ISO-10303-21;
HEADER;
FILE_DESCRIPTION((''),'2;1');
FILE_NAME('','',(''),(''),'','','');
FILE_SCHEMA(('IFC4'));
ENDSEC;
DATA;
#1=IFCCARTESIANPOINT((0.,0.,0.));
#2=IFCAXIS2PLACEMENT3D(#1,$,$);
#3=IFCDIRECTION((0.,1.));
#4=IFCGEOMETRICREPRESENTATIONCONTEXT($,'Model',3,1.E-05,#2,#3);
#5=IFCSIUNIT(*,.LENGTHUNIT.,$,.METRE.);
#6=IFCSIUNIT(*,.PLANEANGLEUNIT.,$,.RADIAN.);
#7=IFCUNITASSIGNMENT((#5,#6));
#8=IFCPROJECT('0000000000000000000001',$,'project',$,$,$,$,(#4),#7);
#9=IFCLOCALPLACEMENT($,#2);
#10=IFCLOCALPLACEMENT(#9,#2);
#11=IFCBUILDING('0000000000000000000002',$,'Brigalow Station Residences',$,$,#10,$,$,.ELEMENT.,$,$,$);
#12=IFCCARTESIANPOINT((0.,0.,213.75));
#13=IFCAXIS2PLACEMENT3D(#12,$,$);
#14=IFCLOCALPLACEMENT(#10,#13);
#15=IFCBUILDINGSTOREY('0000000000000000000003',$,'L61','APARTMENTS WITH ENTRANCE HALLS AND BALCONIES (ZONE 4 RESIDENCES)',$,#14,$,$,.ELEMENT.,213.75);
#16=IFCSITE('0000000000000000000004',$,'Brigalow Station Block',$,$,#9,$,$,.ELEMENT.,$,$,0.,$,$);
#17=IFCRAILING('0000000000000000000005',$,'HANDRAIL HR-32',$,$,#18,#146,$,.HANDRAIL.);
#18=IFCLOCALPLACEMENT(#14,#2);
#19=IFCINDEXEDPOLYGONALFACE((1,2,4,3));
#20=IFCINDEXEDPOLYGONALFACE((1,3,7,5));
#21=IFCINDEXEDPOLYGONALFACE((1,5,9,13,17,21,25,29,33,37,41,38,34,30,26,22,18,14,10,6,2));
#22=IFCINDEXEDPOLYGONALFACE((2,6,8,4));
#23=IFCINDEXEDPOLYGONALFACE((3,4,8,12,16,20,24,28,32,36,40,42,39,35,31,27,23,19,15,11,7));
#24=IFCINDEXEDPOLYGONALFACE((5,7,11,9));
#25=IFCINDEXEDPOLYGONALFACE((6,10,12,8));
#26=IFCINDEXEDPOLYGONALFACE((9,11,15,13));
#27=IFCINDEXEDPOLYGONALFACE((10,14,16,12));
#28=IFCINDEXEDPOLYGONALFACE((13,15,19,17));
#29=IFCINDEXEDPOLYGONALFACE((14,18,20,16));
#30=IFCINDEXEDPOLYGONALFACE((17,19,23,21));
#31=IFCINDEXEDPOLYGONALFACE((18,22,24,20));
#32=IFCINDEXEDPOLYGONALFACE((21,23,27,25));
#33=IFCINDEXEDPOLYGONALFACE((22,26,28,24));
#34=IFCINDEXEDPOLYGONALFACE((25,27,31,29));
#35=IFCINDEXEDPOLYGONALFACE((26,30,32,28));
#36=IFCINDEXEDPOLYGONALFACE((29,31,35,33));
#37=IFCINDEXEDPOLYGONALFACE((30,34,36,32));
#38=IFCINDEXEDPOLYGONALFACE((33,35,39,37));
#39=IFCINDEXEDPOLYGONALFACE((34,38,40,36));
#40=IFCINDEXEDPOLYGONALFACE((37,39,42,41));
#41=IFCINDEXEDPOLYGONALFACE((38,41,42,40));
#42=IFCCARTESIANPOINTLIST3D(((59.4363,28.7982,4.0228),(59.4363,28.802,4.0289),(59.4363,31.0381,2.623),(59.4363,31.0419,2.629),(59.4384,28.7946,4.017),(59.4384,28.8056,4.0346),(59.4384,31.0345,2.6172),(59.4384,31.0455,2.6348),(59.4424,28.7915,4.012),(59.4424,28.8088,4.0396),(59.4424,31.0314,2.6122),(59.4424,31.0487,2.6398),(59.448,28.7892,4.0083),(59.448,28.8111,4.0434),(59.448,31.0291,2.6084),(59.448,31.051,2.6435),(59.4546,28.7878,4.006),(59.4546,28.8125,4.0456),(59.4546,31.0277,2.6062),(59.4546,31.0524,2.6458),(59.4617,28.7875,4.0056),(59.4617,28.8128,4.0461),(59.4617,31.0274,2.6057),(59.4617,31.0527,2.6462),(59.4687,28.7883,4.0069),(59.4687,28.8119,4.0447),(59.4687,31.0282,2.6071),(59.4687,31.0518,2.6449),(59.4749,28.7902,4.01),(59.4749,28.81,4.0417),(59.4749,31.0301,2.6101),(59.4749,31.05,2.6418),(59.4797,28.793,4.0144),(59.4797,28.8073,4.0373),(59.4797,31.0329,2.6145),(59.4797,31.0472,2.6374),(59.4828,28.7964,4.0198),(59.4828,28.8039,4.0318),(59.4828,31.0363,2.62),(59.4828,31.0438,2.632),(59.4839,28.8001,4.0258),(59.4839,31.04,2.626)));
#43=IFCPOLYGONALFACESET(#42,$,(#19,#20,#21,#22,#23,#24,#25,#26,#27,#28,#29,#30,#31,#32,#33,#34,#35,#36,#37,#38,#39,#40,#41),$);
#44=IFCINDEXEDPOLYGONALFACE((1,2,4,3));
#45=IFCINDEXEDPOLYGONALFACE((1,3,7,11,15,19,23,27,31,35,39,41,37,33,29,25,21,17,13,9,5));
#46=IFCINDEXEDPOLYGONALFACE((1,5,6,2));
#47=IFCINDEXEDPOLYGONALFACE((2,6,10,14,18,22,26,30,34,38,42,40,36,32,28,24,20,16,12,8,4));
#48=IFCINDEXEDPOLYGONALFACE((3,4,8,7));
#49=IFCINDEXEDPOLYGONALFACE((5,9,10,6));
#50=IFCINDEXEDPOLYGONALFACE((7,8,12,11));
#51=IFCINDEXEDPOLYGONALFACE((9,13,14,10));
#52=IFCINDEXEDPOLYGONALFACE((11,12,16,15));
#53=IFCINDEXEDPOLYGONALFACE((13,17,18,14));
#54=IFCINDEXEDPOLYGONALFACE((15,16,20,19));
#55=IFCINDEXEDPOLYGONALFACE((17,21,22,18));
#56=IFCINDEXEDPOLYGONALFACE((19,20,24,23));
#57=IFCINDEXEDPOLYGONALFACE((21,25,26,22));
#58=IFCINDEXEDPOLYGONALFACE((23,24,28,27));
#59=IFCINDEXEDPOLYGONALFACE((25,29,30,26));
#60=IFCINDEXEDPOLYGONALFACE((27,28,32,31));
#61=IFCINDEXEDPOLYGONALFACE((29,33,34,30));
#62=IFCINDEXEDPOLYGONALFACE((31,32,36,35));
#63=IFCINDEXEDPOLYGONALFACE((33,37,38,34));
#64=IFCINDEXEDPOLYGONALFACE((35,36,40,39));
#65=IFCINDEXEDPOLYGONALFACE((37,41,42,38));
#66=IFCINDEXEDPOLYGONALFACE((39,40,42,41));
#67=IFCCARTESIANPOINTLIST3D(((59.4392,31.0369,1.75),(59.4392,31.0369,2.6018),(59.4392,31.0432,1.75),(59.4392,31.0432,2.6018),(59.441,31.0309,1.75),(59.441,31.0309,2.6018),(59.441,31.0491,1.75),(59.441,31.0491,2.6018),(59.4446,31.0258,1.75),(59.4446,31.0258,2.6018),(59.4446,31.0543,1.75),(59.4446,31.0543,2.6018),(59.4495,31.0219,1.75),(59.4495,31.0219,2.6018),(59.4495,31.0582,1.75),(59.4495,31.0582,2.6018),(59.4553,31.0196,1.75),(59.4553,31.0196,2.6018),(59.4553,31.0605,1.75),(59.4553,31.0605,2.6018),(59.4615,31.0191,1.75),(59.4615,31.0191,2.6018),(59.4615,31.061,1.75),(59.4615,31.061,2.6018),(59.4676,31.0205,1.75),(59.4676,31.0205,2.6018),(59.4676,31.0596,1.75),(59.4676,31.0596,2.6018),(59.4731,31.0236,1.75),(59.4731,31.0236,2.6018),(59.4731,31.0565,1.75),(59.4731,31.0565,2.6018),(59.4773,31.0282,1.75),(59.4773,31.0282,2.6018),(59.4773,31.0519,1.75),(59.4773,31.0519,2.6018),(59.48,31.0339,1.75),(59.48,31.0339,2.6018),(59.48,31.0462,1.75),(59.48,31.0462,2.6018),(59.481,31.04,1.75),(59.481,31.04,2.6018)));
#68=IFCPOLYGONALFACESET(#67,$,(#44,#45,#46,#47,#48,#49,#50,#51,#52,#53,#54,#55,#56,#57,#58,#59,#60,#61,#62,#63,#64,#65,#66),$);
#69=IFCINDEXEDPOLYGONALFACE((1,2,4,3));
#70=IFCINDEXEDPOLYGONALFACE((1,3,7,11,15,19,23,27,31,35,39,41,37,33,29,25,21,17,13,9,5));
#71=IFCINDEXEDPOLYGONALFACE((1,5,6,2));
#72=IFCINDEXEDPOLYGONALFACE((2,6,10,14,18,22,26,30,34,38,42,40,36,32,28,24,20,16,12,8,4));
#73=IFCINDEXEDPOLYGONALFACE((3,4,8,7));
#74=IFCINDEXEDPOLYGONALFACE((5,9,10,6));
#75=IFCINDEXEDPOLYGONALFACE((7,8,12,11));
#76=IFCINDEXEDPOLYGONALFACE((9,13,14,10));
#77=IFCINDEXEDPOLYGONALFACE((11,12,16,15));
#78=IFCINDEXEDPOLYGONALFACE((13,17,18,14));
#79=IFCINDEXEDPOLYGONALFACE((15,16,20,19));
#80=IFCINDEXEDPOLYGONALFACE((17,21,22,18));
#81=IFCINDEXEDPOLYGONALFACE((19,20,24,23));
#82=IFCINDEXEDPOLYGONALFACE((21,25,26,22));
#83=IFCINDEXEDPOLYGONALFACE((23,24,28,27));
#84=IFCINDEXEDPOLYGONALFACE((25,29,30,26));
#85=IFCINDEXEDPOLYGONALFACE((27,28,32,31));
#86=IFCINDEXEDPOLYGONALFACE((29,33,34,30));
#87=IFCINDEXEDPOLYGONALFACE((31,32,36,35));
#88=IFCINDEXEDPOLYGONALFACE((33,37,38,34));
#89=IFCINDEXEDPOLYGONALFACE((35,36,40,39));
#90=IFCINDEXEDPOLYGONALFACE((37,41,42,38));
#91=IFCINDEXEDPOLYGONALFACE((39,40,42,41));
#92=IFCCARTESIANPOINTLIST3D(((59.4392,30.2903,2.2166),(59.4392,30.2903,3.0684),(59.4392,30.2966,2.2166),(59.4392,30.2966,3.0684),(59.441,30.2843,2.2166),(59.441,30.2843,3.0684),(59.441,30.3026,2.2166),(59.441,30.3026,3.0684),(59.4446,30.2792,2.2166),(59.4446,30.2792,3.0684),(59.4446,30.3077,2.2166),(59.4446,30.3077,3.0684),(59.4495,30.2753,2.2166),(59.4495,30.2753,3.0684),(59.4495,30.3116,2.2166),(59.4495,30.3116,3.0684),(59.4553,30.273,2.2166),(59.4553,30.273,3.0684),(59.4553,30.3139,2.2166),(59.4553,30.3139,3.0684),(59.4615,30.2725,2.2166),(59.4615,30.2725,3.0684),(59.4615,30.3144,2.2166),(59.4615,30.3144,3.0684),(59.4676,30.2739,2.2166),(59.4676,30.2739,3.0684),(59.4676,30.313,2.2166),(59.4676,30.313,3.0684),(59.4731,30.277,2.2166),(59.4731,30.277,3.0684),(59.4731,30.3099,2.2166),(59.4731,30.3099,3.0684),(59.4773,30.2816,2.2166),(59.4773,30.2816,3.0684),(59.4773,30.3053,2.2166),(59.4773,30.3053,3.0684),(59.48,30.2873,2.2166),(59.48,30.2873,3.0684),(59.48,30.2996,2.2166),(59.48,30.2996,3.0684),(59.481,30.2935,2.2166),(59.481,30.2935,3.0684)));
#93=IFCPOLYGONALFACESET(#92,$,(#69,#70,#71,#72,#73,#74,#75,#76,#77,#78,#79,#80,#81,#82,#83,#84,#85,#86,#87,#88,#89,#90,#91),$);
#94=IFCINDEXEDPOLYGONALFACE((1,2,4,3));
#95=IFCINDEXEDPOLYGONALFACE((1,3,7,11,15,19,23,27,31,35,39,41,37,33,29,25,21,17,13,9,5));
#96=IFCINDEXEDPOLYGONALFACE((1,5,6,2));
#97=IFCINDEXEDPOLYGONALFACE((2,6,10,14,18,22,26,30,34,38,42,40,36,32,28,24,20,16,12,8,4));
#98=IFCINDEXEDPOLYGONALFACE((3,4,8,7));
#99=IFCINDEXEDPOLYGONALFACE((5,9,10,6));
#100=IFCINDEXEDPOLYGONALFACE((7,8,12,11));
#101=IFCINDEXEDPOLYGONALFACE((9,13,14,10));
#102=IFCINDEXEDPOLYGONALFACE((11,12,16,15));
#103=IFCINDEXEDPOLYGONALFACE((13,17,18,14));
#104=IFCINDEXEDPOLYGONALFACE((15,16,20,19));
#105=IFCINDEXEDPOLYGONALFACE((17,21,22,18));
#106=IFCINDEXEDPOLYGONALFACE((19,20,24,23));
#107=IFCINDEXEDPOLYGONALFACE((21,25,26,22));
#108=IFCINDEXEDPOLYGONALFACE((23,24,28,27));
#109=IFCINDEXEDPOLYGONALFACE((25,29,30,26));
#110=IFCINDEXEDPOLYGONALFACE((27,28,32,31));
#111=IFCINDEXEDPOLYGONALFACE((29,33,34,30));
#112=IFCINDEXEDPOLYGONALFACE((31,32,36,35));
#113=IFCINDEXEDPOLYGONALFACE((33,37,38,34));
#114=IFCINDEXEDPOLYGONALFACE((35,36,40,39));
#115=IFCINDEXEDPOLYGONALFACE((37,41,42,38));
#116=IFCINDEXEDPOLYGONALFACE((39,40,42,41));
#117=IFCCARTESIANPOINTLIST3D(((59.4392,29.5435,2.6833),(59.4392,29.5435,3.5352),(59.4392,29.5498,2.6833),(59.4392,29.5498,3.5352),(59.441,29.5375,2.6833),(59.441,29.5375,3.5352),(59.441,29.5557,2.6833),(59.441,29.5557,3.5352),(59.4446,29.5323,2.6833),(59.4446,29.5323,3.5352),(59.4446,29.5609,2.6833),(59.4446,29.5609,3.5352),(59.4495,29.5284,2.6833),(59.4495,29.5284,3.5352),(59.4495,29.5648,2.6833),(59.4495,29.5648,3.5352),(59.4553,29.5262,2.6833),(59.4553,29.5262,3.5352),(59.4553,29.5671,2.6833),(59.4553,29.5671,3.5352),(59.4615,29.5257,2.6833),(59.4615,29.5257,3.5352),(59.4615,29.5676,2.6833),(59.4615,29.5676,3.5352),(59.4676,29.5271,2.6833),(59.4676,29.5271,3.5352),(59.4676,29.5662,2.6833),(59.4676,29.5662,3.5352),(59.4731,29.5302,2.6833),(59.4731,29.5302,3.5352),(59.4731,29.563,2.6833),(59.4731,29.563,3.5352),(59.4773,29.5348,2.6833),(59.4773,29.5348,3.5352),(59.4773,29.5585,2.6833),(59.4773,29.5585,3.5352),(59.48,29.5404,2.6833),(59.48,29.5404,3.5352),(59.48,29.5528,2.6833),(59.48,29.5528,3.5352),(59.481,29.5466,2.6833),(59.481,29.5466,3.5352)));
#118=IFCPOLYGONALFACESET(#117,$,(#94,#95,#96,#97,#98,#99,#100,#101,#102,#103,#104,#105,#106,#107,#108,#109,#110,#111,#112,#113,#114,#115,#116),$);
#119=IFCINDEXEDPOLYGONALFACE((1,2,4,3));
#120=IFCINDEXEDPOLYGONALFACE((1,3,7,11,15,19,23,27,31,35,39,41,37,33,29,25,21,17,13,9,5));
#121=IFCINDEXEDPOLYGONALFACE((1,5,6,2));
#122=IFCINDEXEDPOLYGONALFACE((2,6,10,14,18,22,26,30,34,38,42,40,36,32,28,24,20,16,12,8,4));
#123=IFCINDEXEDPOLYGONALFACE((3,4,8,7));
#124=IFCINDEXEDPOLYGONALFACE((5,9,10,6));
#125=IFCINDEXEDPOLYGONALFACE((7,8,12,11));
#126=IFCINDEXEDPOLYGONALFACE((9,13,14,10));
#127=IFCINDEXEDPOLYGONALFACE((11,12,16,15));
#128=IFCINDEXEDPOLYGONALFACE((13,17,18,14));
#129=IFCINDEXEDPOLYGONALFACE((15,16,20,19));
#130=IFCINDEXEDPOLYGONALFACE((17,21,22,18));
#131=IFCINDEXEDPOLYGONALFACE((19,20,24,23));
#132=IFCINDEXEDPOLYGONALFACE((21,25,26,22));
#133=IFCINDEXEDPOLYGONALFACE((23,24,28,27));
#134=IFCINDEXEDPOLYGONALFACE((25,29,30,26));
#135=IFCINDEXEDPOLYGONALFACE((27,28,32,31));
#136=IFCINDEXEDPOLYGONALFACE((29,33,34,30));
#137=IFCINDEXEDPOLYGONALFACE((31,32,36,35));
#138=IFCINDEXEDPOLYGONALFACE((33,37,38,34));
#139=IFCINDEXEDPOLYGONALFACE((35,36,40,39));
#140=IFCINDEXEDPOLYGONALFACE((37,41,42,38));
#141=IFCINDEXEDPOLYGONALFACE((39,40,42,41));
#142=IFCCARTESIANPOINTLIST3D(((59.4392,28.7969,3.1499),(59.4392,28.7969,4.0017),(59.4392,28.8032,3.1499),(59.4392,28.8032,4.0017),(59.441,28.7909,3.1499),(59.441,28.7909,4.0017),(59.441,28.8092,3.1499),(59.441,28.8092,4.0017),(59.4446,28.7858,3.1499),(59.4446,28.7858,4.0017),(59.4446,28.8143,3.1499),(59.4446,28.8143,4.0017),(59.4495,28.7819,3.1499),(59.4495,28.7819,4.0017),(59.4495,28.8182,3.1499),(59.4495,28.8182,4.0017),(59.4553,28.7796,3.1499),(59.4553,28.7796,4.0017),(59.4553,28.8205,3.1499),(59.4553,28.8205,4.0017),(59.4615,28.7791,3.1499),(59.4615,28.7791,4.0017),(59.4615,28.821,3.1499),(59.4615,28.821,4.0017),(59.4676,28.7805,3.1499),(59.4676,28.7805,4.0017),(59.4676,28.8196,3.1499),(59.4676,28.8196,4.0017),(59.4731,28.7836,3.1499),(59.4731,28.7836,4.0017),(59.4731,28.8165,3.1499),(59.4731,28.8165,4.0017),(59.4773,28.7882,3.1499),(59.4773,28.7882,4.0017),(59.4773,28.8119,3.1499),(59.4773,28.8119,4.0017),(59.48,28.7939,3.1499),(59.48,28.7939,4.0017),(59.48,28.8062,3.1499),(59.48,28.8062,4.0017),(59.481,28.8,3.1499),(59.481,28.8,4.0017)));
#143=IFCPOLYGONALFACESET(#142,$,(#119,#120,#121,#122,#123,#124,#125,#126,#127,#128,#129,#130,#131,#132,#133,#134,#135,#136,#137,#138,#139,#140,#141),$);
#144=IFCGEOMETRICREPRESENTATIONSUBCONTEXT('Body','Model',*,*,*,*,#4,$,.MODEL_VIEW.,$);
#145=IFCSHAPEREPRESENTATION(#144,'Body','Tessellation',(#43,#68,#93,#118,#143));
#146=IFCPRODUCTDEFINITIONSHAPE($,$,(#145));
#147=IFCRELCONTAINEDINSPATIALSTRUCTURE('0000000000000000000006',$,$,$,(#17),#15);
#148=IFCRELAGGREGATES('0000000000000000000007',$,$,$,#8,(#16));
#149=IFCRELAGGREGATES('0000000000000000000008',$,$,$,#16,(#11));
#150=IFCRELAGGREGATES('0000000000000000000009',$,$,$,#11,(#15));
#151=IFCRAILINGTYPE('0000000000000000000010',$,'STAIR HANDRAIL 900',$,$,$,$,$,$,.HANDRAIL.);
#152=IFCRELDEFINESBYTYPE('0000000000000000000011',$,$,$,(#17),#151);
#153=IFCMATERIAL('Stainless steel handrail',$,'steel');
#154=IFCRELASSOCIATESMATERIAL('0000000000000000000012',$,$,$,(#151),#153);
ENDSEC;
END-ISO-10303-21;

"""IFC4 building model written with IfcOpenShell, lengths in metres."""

from ifc_helpers import new_model, si_unit, direction, frame, origin, origin_2d, place, context, subcontext, project, spatial, circle, extrude, material, type_object, element, save


model = new_model("IFC4")

# Units and contexts
model_context = context("Model", 3, precision=1e-05, world=origin(), true_north=direction((0.0, 1.0)))
body_context = subcontext(model_context, "Body", "Model", "MODEL_VIEW")
ifc_project = project(units=[si_unit("LENGTHUNIT", "METRE"), si_unit("PLANEANGLEUNIT", "RADIAN")], contexts=[model_context])

# Site, building, storey
site_placement = place(None, origin())
site = spatial("IfcSite", under=ifc_project, at=site_placement, Name="Brigalow Station Block", CompositionType="ELEMENT", RefElevation=0.0)
building_placement = place(site_placement, origin())
building = spatial("IfcBuilding", under=site, at=building_placement, Name="Brigalow Station Residences", CompositionType="ELEMENT")
storey_placement = place(building_placement, frame((0.0, 0.0, 213.75)))
storey = spatial("IfcBuildingStorey", under=building, at=storey_placement, Name="L61", Description="APARTMENTS WITH ENTRANCE HALLS AND BALCONIES (ZONE 4 RESIDENCES)", CompositionType="ELEMENT", Elevation=213.75)

# Railing
ifc_material_1 = material(Name="Stainless steel handrail", Category="steel")
railing_type_1 = type_object("IfcRailingType", Name="STAIR HANDRAIL 900", PredefinedType="HANDRAIL", material=ifc_material_1)
railing_1_placement = place(storey_placement, frame((59.46, 31.04, 1.75)))
element("IfcRailing", 1, at=railing_1_placement, inside=storey, type_object=railing_type_1, Name="HANDRAIL HR-32", PredefinedType="HANDRAIL", context=body_context, shape_type="SweptSolid", body=[
    extrude(circle(Radius=0.0239, at=origin_2d()), frame((0.0, 0.0, 0.876), z_axis=(0.0, -0.848014, 0.529974), x_axis=(1.0, 0.0, 0.0)), (0.0, 0.0, 1.0), 2.6414),
    extrude(circle(Radius=0.021, at=origin_2d()), origin(), (0.0, 0.0, 1.0), 0.8518),
    extrude(circle(Radius=0.021, at=origin_2d()), frame((0.0, -0.7466, 0.4666)), (0.0, 0.0, 1.0), 0.8518),
    extrude(circle(Radius=0.021, at=origin_2d()), frame((0.0, -1.4934, 0.9333)), (0.0, 0.0, 1.0), 0.8518),
    extrude(circle(Radius=0.021, at=origin_2d()), frame((0.0, -2.24, 1.3999)), (0.0, 0.0, 1.0), 0.8518),
])

save(model, "model.ifc")
